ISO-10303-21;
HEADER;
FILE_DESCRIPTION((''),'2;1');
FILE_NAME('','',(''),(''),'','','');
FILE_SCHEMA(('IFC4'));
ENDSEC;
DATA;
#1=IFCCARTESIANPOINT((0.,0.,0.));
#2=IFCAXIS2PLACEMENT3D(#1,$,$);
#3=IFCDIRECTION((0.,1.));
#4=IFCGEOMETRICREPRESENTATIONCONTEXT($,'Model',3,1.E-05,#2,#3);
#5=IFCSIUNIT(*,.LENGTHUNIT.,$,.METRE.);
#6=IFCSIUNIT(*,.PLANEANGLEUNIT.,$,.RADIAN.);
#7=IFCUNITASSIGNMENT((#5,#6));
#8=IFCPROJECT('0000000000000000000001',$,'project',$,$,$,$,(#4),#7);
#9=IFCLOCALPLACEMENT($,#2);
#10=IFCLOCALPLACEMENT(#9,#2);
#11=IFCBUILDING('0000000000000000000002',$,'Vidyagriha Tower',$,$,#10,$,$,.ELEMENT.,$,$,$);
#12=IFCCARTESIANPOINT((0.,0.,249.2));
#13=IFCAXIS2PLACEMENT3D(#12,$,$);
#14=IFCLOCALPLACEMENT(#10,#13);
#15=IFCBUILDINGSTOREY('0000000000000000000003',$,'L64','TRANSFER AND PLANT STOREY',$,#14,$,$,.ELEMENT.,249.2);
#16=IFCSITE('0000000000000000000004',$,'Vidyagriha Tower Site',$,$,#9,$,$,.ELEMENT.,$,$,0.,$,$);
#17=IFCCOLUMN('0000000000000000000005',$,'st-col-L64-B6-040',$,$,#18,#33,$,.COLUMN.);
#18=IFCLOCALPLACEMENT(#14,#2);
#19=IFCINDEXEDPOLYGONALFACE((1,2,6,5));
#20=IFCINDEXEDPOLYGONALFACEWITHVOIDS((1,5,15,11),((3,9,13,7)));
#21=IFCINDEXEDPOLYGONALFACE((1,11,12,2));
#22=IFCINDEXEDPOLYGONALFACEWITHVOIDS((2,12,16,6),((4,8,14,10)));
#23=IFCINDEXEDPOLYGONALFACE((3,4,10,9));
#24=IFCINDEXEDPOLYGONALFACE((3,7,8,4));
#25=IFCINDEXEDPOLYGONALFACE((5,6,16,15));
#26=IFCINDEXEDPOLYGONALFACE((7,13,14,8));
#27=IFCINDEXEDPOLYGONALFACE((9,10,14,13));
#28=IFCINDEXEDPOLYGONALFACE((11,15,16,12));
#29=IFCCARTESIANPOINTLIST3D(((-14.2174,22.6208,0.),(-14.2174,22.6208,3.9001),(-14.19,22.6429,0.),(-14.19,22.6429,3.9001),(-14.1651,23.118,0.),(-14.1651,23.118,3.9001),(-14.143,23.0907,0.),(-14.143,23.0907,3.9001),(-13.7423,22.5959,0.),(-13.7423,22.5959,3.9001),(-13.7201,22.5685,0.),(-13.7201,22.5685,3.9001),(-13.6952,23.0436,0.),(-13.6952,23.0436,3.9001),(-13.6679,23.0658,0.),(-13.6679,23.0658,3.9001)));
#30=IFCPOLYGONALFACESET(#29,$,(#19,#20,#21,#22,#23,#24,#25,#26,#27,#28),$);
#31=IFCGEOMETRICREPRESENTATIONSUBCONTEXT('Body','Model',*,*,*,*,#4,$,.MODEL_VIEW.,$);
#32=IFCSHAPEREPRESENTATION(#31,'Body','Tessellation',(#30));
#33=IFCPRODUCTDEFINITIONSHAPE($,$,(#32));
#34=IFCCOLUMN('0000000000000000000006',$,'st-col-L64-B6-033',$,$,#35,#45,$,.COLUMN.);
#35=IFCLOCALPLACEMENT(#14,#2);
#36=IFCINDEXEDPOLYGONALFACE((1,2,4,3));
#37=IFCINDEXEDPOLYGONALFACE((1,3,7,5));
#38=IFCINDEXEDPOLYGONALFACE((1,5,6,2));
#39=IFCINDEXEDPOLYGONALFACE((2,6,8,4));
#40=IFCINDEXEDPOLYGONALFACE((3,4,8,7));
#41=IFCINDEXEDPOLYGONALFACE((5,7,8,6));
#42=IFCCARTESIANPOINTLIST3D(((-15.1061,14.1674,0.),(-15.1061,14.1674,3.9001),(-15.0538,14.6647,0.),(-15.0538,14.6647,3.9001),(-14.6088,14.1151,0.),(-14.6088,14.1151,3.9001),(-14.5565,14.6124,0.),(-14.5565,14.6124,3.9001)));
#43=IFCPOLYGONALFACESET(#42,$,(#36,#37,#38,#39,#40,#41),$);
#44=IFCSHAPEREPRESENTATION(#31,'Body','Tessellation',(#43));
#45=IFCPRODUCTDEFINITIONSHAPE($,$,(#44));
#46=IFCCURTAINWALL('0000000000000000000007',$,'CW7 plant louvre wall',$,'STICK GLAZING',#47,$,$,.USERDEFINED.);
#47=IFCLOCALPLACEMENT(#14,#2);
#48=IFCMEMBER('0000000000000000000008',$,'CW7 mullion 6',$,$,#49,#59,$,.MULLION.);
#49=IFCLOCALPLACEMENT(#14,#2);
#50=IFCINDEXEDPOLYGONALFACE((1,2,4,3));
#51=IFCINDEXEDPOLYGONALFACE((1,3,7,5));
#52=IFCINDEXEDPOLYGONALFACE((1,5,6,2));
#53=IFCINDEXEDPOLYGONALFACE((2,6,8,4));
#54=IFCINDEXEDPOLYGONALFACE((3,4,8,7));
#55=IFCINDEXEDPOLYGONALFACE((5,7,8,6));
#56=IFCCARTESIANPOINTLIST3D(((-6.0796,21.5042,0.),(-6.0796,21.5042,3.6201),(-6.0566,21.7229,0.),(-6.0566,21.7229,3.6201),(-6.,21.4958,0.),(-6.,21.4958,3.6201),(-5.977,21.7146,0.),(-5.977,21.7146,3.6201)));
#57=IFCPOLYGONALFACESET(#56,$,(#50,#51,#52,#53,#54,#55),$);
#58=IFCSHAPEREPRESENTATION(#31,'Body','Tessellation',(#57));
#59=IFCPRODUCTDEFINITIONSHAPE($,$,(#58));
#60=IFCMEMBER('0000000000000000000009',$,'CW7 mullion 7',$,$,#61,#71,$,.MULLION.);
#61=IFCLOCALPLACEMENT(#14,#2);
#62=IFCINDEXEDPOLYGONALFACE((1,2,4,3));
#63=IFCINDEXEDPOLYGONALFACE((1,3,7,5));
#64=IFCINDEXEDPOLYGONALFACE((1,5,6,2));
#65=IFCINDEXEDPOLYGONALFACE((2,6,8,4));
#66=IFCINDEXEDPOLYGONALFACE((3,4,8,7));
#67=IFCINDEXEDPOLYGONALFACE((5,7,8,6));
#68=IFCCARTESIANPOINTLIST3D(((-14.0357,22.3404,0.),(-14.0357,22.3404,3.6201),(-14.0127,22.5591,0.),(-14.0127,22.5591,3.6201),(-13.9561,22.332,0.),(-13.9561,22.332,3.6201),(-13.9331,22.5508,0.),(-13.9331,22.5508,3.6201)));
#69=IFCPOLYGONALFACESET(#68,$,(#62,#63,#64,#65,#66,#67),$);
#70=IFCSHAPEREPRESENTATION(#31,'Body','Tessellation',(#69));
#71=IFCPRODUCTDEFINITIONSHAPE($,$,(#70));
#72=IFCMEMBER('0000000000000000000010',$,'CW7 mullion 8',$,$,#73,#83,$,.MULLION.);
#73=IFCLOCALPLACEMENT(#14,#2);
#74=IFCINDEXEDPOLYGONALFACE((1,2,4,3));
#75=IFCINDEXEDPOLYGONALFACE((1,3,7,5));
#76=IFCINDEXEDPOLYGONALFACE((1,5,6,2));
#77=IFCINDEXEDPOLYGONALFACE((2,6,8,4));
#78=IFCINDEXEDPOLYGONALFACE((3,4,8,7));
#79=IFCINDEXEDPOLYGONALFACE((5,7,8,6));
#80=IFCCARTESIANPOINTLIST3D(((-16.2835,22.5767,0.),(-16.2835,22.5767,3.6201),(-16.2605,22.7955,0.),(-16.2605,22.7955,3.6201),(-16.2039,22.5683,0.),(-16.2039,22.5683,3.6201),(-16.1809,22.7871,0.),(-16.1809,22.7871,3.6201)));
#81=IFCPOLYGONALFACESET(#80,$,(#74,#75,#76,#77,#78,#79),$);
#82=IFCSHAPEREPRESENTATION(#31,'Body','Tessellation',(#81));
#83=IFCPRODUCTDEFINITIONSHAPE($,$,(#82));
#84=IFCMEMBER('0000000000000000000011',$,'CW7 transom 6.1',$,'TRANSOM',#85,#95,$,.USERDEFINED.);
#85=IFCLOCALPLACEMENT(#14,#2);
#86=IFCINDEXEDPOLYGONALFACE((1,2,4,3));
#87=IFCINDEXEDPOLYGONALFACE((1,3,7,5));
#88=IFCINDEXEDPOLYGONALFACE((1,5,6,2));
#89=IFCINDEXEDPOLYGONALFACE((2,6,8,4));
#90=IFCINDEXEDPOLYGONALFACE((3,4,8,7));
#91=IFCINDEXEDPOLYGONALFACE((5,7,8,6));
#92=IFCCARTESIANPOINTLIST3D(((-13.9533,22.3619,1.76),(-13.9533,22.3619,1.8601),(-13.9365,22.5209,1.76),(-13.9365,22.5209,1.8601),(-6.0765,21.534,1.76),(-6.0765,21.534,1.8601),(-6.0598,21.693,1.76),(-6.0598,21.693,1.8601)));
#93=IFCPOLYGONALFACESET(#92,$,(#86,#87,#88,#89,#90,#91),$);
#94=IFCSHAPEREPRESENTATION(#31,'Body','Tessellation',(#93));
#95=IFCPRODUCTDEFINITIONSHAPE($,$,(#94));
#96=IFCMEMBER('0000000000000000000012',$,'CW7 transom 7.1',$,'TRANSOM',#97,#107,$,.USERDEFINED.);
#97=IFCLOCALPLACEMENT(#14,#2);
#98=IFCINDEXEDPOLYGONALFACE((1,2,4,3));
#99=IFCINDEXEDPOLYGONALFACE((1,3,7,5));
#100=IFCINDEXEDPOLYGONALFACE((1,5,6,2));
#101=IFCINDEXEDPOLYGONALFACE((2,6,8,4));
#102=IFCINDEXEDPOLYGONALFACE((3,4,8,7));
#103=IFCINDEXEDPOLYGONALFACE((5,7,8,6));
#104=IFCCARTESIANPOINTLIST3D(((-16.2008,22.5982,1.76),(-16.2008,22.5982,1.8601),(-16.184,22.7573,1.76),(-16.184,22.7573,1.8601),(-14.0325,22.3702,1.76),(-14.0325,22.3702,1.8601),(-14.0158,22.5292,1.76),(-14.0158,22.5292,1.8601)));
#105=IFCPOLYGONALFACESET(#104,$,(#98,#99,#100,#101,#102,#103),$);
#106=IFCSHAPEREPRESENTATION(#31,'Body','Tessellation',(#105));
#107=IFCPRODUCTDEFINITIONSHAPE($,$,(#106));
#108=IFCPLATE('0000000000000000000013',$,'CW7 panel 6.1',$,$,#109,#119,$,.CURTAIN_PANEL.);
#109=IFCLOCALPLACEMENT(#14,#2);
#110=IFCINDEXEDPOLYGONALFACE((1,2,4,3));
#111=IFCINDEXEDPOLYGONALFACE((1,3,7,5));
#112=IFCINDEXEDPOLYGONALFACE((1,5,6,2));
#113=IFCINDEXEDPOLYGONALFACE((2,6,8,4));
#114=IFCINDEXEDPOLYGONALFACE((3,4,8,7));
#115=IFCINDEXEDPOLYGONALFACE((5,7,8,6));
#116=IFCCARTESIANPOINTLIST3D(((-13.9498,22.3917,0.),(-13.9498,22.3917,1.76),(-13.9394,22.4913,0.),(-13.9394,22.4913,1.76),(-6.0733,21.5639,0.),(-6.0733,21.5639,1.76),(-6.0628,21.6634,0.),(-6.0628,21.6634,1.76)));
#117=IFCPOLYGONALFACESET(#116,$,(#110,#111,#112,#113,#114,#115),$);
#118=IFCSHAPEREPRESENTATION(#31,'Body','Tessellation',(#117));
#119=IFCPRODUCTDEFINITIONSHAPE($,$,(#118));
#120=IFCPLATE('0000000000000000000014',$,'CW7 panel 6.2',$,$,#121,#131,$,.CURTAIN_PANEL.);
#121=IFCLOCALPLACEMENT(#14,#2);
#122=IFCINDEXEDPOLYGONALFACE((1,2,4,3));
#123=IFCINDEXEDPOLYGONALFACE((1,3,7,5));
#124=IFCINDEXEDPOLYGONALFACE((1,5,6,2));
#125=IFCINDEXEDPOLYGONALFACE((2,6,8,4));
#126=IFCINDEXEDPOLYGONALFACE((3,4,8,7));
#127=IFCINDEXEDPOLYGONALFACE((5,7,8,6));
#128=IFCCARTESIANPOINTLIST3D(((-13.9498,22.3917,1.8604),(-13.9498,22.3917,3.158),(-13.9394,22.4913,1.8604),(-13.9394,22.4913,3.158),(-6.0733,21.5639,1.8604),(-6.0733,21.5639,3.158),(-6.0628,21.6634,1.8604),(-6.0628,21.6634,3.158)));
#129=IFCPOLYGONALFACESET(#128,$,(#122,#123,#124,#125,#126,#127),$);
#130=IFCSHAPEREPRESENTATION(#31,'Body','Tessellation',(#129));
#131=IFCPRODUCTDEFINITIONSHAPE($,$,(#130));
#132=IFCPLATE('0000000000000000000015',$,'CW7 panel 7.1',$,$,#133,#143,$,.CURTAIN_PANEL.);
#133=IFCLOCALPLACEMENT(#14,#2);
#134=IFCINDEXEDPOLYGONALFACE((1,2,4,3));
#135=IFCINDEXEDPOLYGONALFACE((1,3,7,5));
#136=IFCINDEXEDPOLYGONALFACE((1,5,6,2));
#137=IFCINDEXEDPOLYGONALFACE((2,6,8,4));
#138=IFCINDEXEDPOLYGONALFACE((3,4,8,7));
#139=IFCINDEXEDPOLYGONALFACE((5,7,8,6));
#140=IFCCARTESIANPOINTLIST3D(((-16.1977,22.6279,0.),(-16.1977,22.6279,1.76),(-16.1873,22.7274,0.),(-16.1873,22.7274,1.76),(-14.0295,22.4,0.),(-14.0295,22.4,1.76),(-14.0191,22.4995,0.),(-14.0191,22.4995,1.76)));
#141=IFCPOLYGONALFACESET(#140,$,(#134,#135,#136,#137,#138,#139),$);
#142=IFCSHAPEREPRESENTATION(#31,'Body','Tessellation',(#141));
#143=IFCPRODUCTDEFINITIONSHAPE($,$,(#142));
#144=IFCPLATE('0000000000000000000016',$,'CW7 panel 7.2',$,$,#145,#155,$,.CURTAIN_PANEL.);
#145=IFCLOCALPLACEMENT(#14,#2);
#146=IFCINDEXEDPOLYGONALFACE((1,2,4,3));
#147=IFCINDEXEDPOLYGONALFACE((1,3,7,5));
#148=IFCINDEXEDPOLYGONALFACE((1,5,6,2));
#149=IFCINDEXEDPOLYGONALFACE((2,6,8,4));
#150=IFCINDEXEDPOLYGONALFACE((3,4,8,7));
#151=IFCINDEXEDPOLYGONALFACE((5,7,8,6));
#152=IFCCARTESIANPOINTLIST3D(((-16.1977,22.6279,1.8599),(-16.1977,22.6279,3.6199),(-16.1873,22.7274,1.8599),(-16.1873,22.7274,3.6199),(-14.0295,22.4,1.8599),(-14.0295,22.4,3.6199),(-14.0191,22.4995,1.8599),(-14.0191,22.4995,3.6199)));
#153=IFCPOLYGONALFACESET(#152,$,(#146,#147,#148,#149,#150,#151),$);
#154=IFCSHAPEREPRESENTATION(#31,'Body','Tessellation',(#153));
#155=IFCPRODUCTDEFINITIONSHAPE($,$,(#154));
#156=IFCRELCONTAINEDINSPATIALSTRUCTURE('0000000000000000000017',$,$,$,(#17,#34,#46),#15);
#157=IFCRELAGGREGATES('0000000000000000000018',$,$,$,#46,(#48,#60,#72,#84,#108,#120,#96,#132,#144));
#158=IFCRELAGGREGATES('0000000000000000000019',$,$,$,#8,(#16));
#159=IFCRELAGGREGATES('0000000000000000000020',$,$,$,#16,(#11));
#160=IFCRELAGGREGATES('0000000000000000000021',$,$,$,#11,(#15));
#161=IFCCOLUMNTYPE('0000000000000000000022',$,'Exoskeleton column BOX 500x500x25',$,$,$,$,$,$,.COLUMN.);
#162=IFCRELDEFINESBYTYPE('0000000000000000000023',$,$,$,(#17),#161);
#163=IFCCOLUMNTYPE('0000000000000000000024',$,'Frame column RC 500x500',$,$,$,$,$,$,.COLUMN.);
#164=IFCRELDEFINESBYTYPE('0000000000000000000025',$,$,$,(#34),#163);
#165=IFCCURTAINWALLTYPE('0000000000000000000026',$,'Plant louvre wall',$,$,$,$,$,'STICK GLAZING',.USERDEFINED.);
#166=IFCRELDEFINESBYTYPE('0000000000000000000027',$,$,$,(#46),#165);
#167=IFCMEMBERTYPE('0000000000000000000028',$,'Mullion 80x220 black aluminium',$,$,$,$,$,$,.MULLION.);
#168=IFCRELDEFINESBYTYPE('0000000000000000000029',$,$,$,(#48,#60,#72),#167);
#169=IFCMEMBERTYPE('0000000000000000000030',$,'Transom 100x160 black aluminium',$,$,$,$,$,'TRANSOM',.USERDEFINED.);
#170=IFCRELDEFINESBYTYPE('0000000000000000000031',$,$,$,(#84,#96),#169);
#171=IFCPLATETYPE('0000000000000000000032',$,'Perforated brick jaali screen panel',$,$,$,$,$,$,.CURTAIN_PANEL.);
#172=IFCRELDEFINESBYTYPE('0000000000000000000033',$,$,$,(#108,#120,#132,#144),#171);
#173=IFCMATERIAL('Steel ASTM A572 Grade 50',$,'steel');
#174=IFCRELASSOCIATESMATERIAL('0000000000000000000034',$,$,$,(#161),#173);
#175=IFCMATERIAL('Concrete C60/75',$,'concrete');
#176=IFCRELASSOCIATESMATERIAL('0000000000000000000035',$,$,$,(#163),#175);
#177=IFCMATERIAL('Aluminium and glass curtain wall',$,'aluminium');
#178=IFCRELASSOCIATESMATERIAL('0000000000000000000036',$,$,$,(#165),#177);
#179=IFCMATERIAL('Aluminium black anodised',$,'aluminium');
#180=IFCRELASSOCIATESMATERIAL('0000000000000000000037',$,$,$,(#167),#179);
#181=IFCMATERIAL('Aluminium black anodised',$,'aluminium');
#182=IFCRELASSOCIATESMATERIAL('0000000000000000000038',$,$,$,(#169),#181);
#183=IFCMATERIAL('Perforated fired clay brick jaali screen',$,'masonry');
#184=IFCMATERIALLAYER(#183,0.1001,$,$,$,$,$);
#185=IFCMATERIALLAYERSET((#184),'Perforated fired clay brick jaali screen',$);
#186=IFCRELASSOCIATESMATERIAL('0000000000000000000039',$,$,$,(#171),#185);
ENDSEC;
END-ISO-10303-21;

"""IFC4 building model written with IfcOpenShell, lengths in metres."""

from ifc_helpers import new_model, si_unit, direction, frame, origin, origin_2d, place, context, subcontext, project, spatial, rectangle, hollow_rectangle, extrude, material, layer, layer_set, material_profile, profile_set, type_object, element, aggregate, save


model = new_model("IFC4")

# Units and contexts
model_context = context("Model", 3, precision=1e-05, world=origin(), true_north=direction((0.0, 1.0)))
body_context = subcontext(model_context, "Body", "Model", "MODEL_VIEW")
ifc_project = project(units=[si_unit("LENGTHUNIT", "METRE"), si_unit("PLANEANGLEUNIT", "RADIAN")], contexts=[model_context])

# Site, building, storey
site_placement = place(None, origin())
site = spatial("IfcSite", under=ifc_project, at=site_placement, Name="Vidyagriha Tower Site", CompositionType="ELEMENT", RefElevation=0.0)
building_placement = place(site_placement, origin())
building = spatial("IfcBuilding", under=site, at=building_placement, Name="Vidyagriha Tower", CompositionType="ELEMENT")
storey_placement = place(building_placement, frame((0.0, 0.0, 249.2)))
storey = spatial("IfcBuildingStorey", under=building, at=storey_placement, Name="L64", Description="TRANSFER AND PLANT STOREY", CompositionType="ELEMENT", Elevation=249.2)

# Columns
ifc_material_1 = material(Name="Steel ASTM A572 Grade 50", Category="steel")
ifc_material_profile_1 = material_profile(ifc_material_1, hollow_rectangle(XDim=0.5, YDim=0.5, WallThickness=0.0249, at=origin_2d()), Name="BOX 500x500x25")
ifc_profile_set_1 = profile_set([ifc_material_profile_1], Name="Steel ASTM A572 Grade 50")
column_type_1 = type_object("IfcColumnType", Name="Exoskeleton column BOX 500x500x25", PredefinedType="COLUMN", material=ifc_profile_set_1)
column_1_placement = place(storey_placement, frame((-13.9426, 22.8433, 0.0), z_axis=(0.0, 0.0, 1.0), x_axis=(0.994522, -0.104528, 0.0)))
element("IfcColumn", 1, at=column_1_placement, inside=storey, type_object=column_type_1, Name="st-col-L64-B6-040", PredefinedType="COLUMN", context=body_context, shape_type="SweptSolid", body=[
    extrude(hollow_rectangle(XDim=0.5, YDim=0.5, WallThickness=0.0249, at=origin_2d()), origin(), (0.0, 0.0, 1.0), 3.9001),
])
ifc_material_2 = material(Name="Concrete C60/75", Category="concrete")
ifc_material_profile_2 = material_profile(ifc_material_2, rectangle(XDim=0.5, YDim=0.5, at=origin_2d()), Name="RC 500x500")
ifc_profile_set_2 = profile_set([ifc_material_profile_2], Name="Concrete C60/75")
column_type_2 = type_object("IfcColumnType", Name="Frame column RC 500x500", PredefinedType="COLUMN", material=ifc_profile_set_2)
column_2_placement = place(storey_placement, frame((-14.8313, 14.3899, 0.0), z_axis=(0.0, 0.0, 1.0), x_axis=(0.994522, -0.104528, 0.0)))
element("IfcColumn", 2, at=column_2_placement, inside=storey, type_object=column_type_2, Name="st-col-L64-B6-033", PredefinedType="COLUMN", context=body_context, shape_type="SweptSolid", body=[
    extrude(rectangle(XDim=0.5, YDim=0.5, at=origin_2d()), origin(), (0.0, 0.0, 1.0), 3.9001),
])

# Curtain wall, members, plates
ifc_material_3 = material(Name="Aluminium and glass curtain wall", Category="aluminium")
curtain_wall_type = type_object("IfcCurtainWallType", Name="Plant louvre wall", ElementType="STICK GLAZING", PredefinedType="USERDEFINED", material=ifc_material_3)
curtain_wall_placement = place(storey_placement, origin())
curtain_wall = element("IfcCurtainWall", 3, at=curtain_wall_placement, inside=storey, type_object=curtain_wall_type, Name="CW7 plant louvre wall", ObjectType="STICK GLAZING", PredefinedType="USERDEFINED")
ifc_material_4 = material(Name="Aluminium black anodised", Category="aluminium")
ifc_material_profile_3 = material_profile(ifc_material_4, rectangle(XDim=0.22, YDim=0.0801, at=origin_2d()), Name="Mullion 80x220 black aluminium")
ifc_profile_set_3 = profile_set([ifc_material_profile_3], Name="Aluminium black anodised")
member_type_1 = type_object("IfcMemberType", Name="Mullion 80x220 black aluminium", PredefinedType="MULLION", material=ifc_profile_set_3)
member_1_placement = place(storey_placement, frame((-6.0283, 21.6094, 0.0), z_axis=(0.0, 0.0, 1.0), x_axis=(-0.104529, -0.994522, 0.0)))
member_1 = element("IfcMember", 4, at=member_1_placement, type_object=member_type_1, Name="CW7 mullion 6", PredefinedType="MULLION", context=body_context, shape_type="SweptSolid", body=[
    extrude(rectangle(XDim=0.22, YDim=0.0801, at=origin_2d()), origin(), (0.0, 0.0, 1.0), 3.6201),
])
member_2_placement = place(storey_placement, frame((-13.9844, 22.4456, 0.0), z_axis=(0.0, 0.0, 1.0), x_axis=(-0.104529, -0.994522, 0.0)))
member_2 = element("IfcMember", 5, at=member_2_placement, type_object=member_type_1, Name="CW7 mullion 7", PredefinedType="MULLION", context=body_context, shape_type="SweptSolid", body=[
    extrude(rectangle(XDim=0.22, YDim=0.0801, at=origin_2d()), origin(), (0.0, 0.0, 1.0), 3.6201),
])
member_3_placement = place(storey_placement, frame((-16.2322, 22.6819, 0.0), z_axis=(0.0, 0.0, 1.0), x_axis=(-0.104529, -0.994522, 0.0)))
member_3 = element("IfcMember", 6, at=member_3_placement, type_object=member_type_1, Name="CW7 mullion 8", PredefinedType="MULLION", context=body_context, shape_type="SweptSolid", body=[
    extrude(rectangle(XDim=0.22, YDim=0.0801, at=origin_2d()), origin(), (0.0, 0.0, 1.0), 3.6201),
])
ifc_material_5 = material(Name="Aluminium black anodised", Category="aluminium")
ifc_material_profile_4 = material_profile(ifc_material_5, rectangle(XDim=0.1599, YDim=0.1001, at=origin_2d()), Name="Transom 100x160 black aluminium")
ifc_profile_set_4 = profile_set([ifc_material_profile_4], Name="Aluminium black anodised")
member_type_2 = type_object("IfcMemberType", Name="Transom 100x160 black aluminium", ElementType="TRANSOM", PredefinedType="USERDEFINED", material=ifc_profile_set_4)
member_4_placement = place(storey_placement, frame((-6.0681, 21.6135, 1.8101), z_axis=(-0.994522, 0.104529, 0.0), x_axis=(-0.104529, -0.994522, 0.0)))
member_4 = element("IfcMember", 7, at=member_4_placement, type_object=member_type_2, Name="CW7 transom 6.1", ObjectType="TRANSOM", PredefinedType="USERDEFINED", context=body_context, shape_type="SweptSolid", body=[
    extrude(rectangle(XDim=0.1599, YDim=0.1001, at=origin_2d()), origin(), (0.0, 0.0, 1.0), 7.9202),
])
member_5_placement = place(storey_placement, frame((-14.0242, 22.4497, 1.8101), z_axis=(-0.994515, 0.104592, 0.0), x_axis=(-0.104592, -0.994515, 0.0)))
member_5 = element("IfcMember", 8, at=member_5_placement, type_object=member_type_2, Name="CW7 transom 7.1", ObjectType="TRANSOM", PredefinedType="USERDEFINED", context=body_context, shape_type="SweptSolid", body=[
    extrude(rectangle(XDim=0.1599, YDim=0.1001, at=origin_2d()), origin(), (0.0, 0.0, 1.0), 2.1802),
])
ifc_material_6 = material(Name="Perforated fired clay brick jaali screen", Category="masonry")
ifc_layer_1 = layer(ifc_material_6, 0.1001)
ifc_layer_set_1 = layer_set([ifc_layer_1], Name="Perforated fired clay brick jaali screen")
plate_type = type_object("IfcPlateType", Name="Perforated brick jaali screen panel", PredefinedType="CURTAIN_PANEL", material=ifc_layer_set_1)
plate_1_placement = place(storey_placement, frame((-10.0063, 22.0276, 0.0), z_axis=(0.0, 0.0, 1.0), x_axis=(-0.994522, 0.104529, 0.0)))
plate_1 = element("IfcPlate", 9, at=plate_1_placement, type_object=plate_type, Name="CW7 panel 6.1", PredefinedType="CURTAIN_PANEL", context=body_context, shape_type="SweptSolid", body=[
    extrude(rectangle(XDim=7.9199, YDim=0.1001, at=origin_2d()), origin(), (0.0, 0.0, 1.0), 1.76),
])
plate_2_placement = place(storey_placement, frame((-10.0063, 22.0276, 1.8604), z_axis=(0.0, 0.0, 1.0), x_axis=(-0.994522, 0.104529, 0.0)))
plate_2 = element("IfcPlate", 10, at=plate_2_placement, type_object=plate_type, Name="CW7 panel 6.2", PredefinedType="CURTAIN_PANEL", context=body_context, shape_type="SweptSolid", body=[
    extrude(rectangle(XDim=7.9199, YDim=0.1001, at=origin_2d()), origin(), (0.0, 0.0, 1.0), 1.2976),
])
plate_3_placement = place(storey_placement, frame((-15.1084, 22.5637, 0.0), z_axis=(0.0, 0.0, 1.0), x_axis=(-0.994522, 0.104529, 0.0)))
plate_3 = element("IfcPlate", 11, at=plate_3_placement, type_object=plate_type, Name="CW7 panel 7.1", PredefinedType="CURTAIN_PANEL", context=body_context, shape_type="SweptSolid", body=[
    extrude(rectangle(XDim=2.1802, YDim=0.1001, at=origin_2d()), origin(), (0.0, 0.0, 1.0), 1.76),
])
plate_4_placement = place(storey_placement, frame((-15.1084, 22.5637, 1.8599), z_axis=(0.0, 0.0, 1.0), x_axis=(-0.994522, 0.104529, 0.0)))
plate_4 = element("IfcPlate", 12, at=plate_4_placement, type_object=plate_type, Name="CW7 panel 7.2", PredefinedType="CURTAIN_PANEL", context=body_context, shape_type="SweptSolid", body=[
    extrude(rectangle(XDim=2.1802, YDim=0.1001, at=origin_2d()), origin(), (0.0, 0.0, 1.0), 1.76),
])
aggregate(curtain_wall, [member_1, member_2, member_3, member_4, plate_1, plate_2, member_5, plate_3, plate_4])

save(model, "model.ifc")
